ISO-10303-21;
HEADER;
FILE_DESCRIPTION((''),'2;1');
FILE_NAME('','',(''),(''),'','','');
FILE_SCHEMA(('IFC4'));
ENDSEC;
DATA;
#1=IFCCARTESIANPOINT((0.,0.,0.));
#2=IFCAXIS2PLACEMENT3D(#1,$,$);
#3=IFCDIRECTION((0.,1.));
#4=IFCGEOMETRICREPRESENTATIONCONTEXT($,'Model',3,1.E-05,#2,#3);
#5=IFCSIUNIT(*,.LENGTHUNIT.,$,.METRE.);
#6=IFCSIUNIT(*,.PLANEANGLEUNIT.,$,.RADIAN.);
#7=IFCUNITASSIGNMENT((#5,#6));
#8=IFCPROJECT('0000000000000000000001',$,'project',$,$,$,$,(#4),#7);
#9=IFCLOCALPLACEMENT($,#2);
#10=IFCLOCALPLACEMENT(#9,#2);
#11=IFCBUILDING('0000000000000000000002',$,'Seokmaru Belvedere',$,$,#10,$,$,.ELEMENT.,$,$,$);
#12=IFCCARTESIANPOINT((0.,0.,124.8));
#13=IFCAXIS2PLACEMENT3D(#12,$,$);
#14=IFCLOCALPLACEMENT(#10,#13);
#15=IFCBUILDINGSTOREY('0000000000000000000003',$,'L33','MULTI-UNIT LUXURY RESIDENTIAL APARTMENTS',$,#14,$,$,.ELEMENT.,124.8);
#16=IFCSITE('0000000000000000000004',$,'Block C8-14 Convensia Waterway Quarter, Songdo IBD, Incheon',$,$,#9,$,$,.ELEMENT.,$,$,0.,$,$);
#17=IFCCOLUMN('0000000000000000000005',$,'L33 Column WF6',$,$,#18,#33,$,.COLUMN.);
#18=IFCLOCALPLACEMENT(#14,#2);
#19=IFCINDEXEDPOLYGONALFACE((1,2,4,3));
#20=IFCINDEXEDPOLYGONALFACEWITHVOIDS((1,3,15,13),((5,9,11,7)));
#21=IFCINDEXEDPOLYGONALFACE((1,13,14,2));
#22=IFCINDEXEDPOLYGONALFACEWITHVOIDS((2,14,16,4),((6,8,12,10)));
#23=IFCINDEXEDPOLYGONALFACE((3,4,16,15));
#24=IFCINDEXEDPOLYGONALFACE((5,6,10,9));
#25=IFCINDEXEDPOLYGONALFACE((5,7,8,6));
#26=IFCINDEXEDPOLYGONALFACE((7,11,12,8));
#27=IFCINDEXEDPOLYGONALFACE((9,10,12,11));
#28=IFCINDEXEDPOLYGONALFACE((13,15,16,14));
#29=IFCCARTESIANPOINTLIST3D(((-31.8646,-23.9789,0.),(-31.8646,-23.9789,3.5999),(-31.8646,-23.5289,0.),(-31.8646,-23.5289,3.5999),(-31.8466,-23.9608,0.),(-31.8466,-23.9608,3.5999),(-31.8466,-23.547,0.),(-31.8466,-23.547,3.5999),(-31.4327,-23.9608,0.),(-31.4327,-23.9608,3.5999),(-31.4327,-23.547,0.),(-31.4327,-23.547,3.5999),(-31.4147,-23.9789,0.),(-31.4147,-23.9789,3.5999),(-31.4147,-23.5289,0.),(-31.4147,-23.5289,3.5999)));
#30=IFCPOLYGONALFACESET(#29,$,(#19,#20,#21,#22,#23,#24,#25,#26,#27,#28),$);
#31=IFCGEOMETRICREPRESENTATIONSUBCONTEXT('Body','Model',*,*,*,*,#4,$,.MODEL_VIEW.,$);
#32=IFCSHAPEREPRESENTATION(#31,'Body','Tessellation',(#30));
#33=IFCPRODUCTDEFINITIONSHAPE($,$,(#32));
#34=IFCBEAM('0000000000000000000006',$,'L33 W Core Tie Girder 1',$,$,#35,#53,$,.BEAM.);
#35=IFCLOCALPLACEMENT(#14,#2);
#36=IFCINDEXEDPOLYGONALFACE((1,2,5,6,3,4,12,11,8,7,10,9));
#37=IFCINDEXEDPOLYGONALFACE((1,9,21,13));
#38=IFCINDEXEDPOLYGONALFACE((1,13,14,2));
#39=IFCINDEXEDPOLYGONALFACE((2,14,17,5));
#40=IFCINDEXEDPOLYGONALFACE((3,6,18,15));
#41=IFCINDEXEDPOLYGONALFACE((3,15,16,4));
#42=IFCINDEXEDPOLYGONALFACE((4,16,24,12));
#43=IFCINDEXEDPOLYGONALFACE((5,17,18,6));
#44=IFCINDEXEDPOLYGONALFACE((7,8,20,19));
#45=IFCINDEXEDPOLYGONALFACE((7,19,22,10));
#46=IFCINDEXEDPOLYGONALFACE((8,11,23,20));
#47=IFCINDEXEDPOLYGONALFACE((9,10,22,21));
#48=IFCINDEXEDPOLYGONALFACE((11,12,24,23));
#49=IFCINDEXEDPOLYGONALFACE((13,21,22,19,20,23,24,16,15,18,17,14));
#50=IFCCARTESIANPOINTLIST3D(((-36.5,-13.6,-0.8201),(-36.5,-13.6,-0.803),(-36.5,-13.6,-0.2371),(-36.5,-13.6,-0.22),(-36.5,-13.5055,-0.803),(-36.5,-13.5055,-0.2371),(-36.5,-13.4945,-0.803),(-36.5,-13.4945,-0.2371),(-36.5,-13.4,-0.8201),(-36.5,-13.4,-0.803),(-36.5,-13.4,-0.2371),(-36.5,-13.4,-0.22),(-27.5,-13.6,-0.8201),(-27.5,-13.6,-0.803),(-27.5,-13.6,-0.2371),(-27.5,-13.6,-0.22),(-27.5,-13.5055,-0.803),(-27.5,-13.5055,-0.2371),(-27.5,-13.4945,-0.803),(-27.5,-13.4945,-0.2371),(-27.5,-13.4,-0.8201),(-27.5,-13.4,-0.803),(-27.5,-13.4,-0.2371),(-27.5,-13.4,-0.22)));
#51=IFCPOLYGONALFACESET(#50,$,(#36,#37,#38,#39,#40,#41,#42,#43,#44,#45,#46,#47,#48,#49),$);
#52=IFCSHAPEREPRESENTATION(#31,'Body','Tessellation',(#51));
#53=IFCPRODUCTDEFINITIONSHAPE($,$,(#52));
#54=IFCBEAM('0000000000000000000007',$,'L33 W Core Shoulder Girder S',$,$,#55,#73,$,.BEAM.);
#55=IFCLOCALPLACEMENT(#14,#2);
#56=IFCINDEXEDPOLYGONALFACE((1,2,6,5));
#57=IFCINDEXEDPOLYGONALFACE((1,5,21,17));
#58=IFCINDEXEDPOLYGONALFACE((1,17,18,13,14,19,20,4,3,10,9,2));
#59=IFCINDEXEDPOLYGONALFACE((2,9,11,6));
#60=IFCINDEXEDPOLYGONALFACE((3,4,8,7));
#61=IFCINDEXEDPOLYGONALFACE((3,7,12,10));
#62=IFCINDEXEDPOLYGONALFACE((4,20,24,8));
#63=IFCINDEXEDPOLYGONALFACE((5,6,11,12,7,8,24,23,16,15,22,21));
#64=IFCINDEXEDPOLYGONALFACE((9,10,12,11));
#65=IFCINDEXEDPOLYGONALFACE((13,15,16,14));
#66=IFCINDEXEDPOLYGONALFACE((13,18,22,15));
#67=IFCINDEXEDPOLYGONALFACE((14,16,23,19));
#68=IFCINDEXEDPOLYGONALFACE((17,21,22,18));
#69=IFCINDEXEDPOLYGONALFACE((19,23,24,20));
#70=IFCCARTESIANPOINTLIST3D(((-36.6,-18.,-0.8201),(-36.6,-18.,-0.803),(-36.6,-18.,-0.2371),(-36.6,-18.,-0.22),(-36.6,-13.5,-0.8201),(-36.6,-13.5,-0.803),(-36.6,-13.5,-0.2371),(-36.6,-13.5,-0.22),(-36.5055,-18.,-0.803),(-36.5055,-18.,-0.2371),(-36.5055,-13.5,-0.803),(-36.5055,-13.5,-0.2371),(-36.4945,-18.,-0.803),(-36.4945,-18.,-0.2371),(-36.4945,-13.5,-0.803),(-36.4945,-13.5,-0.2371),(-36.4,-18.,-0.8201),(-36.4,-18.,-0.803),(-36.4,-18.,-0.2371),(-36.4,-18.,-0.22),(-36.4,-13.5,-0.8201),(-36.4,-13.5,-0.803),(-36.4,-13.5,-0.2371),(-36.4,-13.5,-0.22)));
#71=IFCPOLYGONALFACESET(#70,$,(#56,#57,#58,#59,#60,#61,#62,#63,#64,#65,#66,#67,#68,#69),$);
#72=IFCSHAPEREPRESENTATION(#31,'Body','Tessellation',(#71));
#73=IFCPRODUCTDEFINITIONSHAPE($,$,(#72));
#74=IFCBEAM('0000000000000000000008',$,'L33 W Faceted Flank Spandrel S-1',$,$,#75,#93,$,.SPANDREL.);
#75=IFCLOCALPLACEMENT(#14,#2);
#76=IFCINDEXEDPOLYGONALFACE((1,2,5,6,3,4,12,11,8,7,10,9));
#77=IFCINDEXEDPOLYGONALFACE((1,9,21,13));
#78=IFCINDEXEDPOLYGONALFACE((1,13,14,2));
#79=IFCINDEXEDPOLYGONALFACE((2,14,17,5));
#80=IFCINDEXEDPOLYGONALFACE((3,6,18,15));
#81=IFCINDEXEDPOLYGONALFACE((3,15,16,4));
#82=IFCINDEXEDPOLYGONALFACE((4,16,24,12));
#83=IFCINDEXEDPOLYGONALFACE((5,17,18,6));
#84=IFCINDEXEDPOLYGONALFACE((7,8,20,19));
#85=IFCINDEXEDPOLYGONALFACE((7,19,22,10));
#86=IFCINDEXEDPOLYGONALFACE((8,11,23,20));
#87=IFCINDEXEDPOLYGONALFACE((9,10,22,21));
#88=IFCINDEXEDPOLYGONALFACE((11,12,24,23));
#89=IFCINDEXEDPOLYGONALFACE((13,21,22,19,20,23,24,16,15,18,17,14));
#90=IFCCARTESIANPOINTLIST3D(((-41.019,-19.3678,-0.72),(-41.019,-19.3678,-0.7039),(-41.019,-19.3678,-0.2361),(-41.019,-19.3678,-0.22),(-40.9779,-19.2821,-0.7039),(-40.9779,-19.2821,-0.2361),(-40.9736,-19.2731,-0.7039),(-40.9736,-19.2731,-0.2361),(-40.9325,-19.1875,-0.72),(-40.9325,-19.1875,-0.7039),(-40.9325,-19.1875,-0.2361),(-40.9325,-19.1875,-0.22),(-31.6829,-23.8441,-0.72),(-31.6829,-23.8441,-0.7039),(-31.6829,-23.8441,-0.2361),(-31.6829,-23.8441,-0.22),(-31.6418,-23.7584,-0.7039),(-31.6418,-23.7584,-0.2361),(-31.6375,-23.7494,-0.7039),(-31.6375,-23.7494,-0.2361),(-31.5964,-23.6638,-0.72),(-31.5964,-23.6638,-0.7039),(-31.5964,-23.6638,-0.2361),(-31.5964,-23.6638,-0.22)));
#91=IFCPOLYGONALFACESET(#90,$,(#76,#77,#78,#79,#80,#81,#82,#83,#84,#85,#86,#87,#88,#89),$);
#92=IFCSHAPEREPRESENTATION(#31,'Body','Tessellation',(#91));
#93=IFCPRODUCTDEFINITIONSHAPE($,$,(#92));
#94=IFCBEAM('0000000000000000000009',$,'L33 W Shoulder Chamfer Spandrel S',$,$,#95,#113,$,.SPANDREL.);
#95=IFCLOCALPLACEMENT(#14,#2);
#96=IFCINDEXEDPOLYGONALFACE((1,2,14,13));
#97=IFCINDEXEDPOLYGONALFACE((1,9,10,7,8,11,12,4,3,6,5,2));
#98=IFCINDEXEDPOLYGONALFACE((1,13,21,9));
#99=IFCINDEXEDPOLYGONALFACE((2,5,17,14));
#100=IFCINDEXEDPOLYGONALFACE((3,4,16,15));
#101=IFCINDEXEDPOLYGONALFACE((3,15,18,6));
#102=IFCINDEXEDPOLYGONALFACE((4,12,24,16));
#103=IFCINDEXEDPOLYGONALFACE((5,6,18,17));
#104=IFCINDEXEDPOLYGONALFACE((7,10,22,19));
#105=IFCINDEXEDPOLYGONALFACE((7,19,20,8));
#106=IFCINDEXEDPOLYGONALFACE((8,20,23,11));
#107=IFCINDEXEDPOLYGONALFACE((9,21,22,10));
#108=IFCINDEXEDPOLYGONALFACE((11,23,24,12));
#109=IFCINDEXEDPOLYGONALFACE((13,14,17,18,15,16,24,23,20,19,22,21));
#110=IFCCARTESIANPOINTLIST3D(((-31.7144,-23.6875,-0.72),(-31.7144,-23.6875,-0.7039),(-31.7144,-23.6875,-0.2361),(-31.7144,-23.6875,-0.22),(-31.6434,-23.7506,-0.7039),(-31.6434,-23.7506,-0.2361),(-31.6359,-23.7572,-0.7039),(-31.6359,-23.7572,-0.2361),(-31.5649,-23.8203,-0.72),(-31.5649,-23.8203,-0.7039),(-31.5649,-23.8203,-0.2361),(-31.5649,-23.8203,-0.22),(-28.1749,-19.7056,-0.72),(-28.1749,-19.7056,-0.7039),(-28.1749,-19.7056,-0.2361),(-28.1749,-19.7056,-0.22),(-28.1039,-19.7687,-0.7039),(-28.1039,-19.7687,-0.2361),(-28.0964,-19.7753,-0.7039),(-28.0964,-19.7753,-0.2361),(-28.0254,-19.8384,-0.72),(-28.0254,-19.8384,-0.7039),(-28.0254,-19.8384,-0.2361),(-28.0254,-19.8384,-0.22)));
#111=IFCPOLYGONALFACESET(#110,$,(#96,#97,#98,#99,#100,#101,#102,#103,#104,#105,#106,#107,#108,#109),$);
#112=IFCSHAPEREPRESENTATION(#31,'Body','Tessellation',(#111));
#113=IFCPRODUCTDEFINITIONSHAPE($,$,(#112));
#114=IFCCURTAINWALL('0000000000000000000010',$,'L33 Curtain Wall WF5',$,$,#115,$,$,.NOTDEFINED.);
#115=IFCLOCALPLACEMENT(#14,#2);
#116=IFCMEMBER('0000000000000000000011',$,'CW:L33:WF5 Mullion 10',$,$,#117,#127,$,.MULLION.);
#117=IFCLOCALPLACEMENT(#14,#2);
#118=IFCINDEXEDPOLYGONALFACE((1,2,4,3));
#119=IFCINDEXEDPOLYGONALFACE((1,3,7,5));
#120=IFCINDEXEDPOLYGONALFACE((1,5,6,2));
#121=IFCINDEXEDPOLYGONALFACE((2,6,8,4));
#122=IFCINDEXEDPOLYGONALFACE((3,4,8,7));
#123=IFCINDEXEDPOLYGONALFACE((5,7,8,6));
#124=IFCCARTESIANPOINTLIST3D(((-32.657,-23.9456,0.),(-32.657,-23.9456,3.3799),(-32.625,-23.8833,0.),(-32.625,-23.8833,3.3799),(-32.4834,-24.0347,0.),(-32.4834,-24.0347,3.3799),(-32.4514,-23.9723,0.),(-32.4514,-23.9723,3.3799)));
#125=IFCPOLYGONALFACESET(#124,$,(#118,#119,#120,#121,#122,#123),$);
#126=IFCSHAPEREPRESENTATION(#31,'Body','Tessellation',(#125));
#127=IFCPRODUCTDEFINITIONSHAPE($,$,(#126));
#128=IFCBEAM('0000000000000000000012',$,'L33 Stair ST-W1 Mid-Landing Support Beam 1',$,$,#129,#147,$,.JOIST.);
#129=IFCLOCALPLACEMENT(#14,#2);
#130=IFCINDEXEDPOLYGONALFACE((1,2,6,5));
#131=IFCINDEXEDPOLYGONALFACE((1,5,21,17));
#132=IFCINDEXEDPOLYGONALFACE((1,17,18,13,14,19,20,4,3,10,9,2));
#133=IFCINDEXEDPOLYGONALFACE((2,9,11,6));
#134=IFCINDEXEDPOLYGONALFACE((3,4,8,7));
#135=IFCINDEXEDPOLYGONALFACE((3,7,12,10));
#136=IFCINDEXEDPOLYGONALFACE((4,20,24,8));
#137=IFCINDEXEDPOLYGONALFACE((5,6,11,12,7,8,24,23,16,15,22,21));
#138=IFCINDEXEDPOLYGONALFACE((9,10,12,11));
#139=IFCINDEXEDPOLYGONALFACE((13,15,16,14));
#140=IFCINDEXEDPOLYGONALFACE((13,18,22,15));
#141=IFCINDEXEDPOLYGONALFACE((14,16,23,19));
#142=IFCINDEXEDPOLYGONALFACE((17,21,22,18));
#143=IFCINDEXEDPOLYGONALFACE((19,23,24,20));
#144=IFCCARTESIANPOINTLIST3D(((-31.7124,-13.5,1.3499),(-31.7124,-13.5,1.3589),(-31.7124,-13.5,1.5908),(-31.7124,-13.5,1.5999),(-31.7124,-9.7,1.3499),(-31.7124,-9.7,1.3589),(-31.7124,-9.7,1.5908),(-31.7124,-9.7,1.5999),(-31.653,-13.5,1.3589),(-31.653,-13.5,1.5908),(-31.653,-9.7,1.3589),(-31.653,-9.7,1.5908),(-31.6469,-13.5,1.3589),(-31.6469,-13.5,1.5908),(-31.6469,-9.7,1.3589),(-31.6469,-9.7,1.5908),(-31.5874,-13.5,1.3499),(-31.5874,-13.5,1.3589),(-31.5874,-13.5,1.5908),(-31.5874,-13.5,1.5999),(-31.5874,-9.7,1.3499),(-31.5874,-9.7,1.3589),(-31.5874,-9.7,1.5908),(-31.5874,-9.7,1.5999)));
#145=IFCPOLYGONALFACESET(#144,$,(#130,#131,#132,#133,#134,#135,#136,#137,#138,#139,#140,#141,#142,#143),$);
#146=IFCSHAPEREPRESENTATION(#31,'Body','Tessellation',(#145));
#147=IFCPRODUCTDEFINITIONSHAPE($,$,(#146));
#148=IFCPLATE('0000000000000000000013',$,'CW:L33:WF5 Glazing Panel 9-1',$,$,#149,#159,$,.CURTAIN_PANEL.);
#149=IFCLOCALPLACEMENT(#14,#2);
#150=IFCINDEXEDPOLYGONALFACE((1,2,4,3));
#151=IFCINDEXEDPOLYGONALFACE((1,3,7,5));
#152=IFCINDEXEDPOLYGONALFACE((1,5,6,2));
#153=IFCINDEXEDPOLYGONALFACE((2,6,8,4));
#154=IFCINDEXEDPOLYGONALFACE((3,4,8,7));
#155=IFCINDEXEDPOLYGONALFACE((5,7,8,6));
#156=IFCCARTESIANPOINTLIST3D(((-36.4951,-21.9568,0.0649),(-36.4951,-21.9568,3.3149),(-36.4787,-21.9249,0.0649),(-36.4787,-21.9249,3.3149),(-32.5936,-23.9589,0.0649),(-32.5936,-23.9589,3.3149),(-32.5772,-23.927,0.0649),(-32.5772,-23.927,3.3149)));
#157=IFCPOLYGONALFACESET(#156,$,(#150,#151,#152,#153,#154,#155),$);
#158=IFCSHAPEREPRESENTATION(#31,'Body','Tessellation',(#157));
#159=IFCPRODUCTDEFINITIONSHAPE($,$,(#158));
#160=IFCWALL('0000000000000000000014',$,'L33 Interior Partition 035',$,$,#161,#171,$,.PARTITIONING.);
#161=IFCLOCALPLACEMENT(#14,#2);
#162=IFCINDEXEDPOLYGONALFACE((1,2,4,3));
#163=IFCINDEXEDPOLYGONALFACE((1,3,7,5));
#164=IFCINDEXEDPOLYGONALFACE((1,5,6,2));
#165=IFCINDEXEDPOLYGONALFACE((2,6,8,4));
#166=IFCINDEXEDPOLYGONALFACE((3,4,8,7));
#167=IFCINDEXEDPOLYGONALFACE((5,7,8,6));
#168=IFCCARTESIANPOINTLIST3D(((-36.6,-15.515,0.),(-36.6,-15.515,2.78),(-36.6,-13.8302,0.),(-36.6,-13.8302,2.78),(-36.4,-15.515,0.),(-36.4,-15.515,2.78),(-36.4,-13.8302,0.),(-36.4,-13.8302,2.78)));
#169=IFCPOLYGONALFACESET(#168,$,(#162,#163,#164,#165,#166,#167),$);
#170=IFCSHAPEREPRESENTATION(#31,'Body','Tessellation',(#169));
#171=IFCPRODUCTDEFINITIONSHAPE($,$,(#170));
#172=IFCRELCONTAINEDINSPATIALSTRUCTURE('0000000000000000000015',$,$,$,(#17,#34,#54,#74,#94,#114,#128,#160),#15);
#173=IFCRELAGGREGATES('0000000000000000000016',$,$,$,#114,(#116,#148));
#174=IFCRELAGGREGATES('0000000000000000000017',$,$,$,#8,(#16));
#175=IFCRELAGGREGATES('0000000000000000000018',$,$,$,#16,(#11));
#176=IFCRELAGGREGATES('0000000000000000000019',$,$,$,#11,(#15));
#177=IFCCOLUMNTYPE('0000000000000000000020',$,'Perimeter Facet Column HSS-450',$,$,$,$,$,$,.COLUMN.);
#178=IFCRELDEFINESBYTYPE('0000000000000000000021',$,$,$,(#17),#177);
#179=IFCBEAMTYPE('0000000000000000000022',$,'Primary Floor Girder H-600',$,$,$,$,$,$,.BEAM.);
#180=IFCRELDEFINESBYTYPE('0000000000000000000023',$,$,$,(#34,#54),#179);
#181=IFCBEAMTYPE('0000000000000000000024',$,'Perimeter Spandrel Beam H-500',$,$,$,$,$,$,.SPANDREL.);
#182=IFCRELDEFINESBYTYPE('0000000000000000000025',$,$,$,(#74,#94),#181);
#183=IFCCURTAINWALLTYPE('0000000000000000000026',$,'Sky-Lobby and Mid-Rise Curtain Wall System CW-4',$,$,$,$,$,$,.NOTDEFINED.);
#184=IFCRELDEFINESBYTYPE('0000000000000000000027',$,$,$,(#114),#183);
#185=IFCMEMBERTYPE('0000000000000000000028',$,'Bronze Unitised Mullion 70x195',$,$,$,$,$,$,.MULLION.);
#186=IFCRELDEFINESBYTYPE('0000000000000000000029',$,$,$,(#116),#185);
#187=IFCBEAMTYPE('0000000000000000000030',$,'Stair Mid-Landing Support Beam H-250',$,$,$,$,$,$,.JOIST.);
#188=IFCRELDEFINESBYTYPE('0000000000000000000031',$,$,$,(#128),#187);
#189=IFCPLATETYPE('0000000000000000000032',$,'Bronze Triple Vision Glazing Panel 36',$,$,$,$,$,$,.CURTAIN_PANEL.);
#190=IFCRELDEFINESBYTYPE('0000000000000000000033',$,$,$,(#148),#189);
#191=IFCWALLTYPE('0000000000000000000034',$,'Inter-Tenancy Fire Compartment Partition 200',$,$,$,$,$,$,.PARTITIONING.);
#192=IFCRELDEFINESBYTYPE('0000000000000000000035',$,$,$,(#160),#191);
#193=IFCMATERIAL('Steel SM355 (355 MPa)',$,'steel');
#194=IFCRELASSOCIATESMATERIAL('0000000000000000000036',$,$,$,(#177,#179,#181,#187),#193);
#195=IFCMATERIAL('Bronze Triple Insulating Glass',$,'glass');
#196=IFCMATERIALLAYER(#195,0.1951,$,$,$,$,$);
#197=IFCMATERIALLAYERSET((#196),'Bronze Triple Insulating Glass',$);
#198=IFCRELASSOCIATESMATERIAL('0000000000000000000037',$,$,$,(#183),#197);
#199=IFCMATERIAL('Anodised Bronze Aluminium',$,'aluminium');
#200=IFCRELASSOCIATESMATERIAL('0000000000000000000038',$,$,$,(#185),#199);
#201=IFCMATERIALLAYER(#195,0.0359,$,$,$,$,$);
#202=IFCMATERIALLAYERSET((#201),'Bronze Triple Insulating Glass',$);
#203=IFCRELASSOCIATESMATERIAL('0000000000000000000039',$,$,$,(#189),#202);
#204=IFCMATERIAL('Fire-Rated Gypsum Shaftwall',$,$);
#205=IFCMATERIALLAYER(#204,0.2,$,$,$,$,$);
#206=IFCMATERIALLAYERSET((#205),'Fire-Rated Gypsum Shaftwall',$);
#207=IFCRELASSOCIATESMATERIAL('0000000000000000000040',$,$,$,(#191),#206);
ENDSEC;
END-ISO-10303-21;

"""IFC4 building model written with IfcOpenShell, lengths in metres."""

from ifc_helpers import new_model, si_unit, direction, frame, frame_2d, origin, origin_2d, place, context, subcontext, project, spatial, rectangle, hollow_rectangle, i_section, extrude, source, transform, mapped, material, layer, layer_set, material_profile, profile_set, type_object, type_shapes, element, aggregate, save


model = new_model("IFC4")

# Units and contexts
model_context = context("Model", 3, precision=1e-05, world=origin(), true_north=direction((0.0, 1.0)))
body_context = subcontext(model_context, "Body", "Model", "MODEL_VIEW")
ifc_project = project(units=[si_unit("LENGTHUNIT", "METRE"), si_unit("PLANEANGLEUNIT", "RADIAN")], contexts=[model_context])

# Site, building, storey
site_placement = place(None, origin())
site = spatial("IfcSite", under=ifc_project, at=site_placement, Name="Block C8-14 Convensia Waterway Quarter, Songdo IBD, Incheon", CompositionType="ELEMENT", RefElevation=0.0)
building_placement = place(site_placement, origin())
building = spatial("IfcBuilding", under=site, at=building_placement, Name="Seokmaru Belvedere", CompositionType="ELEMENT")
storey_placement = place(building_placement, frame((0.0, 0.0, 124.8)))
storey = spatial("IfcBuildingStorey", under=building, at=storey_placement, Name="L33", Description="MULTI-UNIT LUXURY RESIDENTIAL APARTMENTS", CompositionType="ELEMENT", Elevation=124.8)

# Column
ifc_material_1 = material(Name="Steel SM355 (355 MPa)", Category="steel")
ifc_material_profile_1 = material_profile(ifc_material_1, hollow_rectangle(XDim=0.45, YDim=0.45, WallThickness=0.0181, at=origin_2d()), Name="HSS-450x450x18")
ifc_profile_set_1 = profile_set([ifc_material_profile_1], Name="Steel SM355 (355 MPa)")
column_type = type_object("IfcColumnType", Name="Perimeter Facet Column HSS-450", PredefinedType="COLUMN", material=ifc_profile_set_1)
shared_shape_1 = source(origin(), body_context, "Body", "SweptSolid", [
    extrude(hollow_rectangle(XDim=0.45, YDim=0.45, WallThickness=0.0181, at=origin_2d()), origin(), (0.0, 0.0, 1.0), 3.5999),
])
type_shapes(column_type, [shared_shape_1])
column_placement = place(storey_placement, frame((-31.6396, -23.7539, 0.0), z_axis=(0.0, 0.0, 1.0), x_axis=(1.0, 0.0, 0.0)))
element("IfcColumn", 1, at=column_placement, inside=storey, type_object=column_type, Name="L33 Column WF6", PredefinedType="COLUMN", context=body_context, shape_type="MappedRepresentation", body=[
    mapped(shared_shape_1, transform((0.0, 0.0, 0.0), scale=1.0)),
])

# Beams
ifc_material_profile_2 = material_profile(ifc_material_1, i_section(OverallWidth=0.2, OverallDepth=0.6001, WebThickness=0.011, FlangeThickness=0.0171, at=origin_2d()), Name="H-600x200x11x17")
ifc_profile_set_2 = profile_set([ifc_material_profile_2], Name="Steel SM355 (355 MPa)")
beam_type_1 = type_object("IfcBeamType", Name="Primary Floor Girder H-600", PredefinedType="BEAM", material=ifc_profile_set_2)
shared_shape_2 = source(origin(), body_context, "Body", "SweptSolid", [
    extrude(i_section(OverallWidth=0.2, OverallDepth=0.6001, WebThickness=0.011, FlangeThickness=0.0171, at=origin_2d()), origin(), (0.0, 0.0, 1.0), 9.0),
])
beam_1_placement = place(storey_placement, frame((-36.5, -13.5, -0.52), z_axis=(1.0, 0.0, 0.0), x_axis=(0.0, 1.0, 0.0)))
element("IfcBeam", 2, at=beam_1_placement, inside=storey, type_object=beam_type_1, Name="L33 W Core Tie Girder 1", PredefinedType="BEAM", context=body_context, shape_type="MappedRepresentation", body=[
    mapped(shared_shape_2, transform((0.0, 0.0, 0.0), scale=1.0)),
])
shared_shape_3 = source(origin(), body_context, "Body", "SweptSolid", [
    extrude(i_section(OverallWidth=0.2, OverallDepth=0.6001, WebThickness=0.011, FlangeThickness=0.0171, at=origin_2d()), origin(), (0.0, 0.0, 1.0), 4.5),
])
type_shapes(beam_type_1, [shared_shape_2, shared_shape_3])
beam_2_placement = place(storey_placement, frame((-36.5, -18.0, -0.52), z_axis=(0.0, 1.0, 0.0), x_axis=(-1.0, 0.0, 0.0)))
element("IfcBeam", 3, at=beam_2_placement, inside=storey, type_object=beam_type_1, Name="L33 W Core Shoulder Girder S", PredefinedType="BEAM", context=body_context, shape_type="MappedRepresentation", body=[
    mapped(shared_shape_3, transform((0.0, 0.0, 0.0), scale=1.0)),
])
ifc_material_profile_3 = material_profile(ifc_material_1, i_section(OverallWidth=0.2, OverallDepth=0.5, WebThickness=0.01, FlangeThickness=0.0161, at=origin_2d()), Name="H-500x200x10x16")
ifc_profile_set_3 = profile_set([ifc_material_profile_3], Name="Steel SM355 (355 MPa)")
beam_type_2 = type_object("IfcBeamType", Name="Perimeter Spandrel Beam H-500", PredefinedType="SPANDREL", material=ifc_profile_set_3)
shared_shape_4 = source(origin(), body_context, "Body", "SweptSolid", [
    extrude(i_section(OverallWidth=0.2, OverallDepth=0.5, WebThickness=0.01, FlangeThickness=0.0161, at=origin_2d()), origin(), (0.0, 0.0, 1.0), 10.3538),
])
beam_3_placement = place(storey_placement, frame((-31.6396, -23.7539, -0.47), z_axis=(-0.901713, 0.432335, 0.0), x_axis=(-0.432335, -0.901713, 0.0)))
element("IfcBeam", 4, at=beam_3_placement, inside=storey, type_object=beam_type_2, Name="L33 W Faceted Flank Spandrel S-1", PredefinedType="SPANDREL", context=body_context, shape_type="MappedRepresentation", body=[
    mapped(shared_shape_4, transform((0.0, 0.0, 0.0), scale=1.0)),
])
shared_shape_5 = source(origin(), body_context, "Body", "SweptSolid", [
    extrude(i_section(OverallWidth=0.2, OverallDepth=0.5, WebThickness=0.01, FlangeThickness=0.0161, at=origin_2d()), origin(), (0.0, 0.0, 1.0), 5.3276),
])
type_shapes(beam_type_2, [shared_shape_4, shared_shape_5])
beam_4_placement = place(storey_placement, frame((-31.6396, -23.7539, -0.47), z_axis=(0.66437, 0.747404, 0.0), x_axis=(-0.747404, 0.66437, 0.0)))
element("IfcBeam", 5, at=beam_4_placement, inside=storey, type_object=beam_type_2, Name="L33 W Shoulder Chamfer Spandrel S", PredefinedType="SPANDREL", context=body_context, shape_type="MappedRepresentation", body=[
    mapped(shared_shape_5, transform((0.0, 0.0, 0.0), scale=1.0)),
])

# Curtain wall, member
ifc_material_2 = material(Name="Bronze Triple Insulating Glass", Category="glass")
ifc_layer_1 = layer(ifc_material_2, 0.1951)
ifc_layer_set_1 = layer_set([ifc_layer_1], Name="Bronze Triple Insulating Glass")
curtain_wall_type = type_object("IfcCurtainWallType", Name="Sky-Lobby and Mid-Rise Curtain Wall System CW-4", PredefinedType="NOTDEFINED", material=ifc_layer_set_1)
curtain_wall_placement = place(storey_placement, origin())
curtain_wall = element("IfcCurtainWall", 6, at=curtain_wall_placement, inside=storey, type_object=curtain_wall_type, Name="L33 Curtain Wall WF5", PredefinedType="NOTDEFINED")
ifc_material_3 = material(Name="Anodised Bronze Aluminium", Category="aluminium")
ifc_material_profile_4 = material_profile(ifc_material_3, rectangle(XDim=0.0701, YDim=0.1951, at=origin_2d()), Name="CW-M-70x195")
ifc_profile_set_4 = profile_set([ifc_material_profile_4], Name="Anodised Bronze Aluminium")
member_type = type_object("IfcMemberType", Name="Bronze Unitised Mullion 70x195", PredefinedType="MULLION", material=ifc_profile_set_4)
shared_shape_6 = source(origin(), body_context, "Body", "SweptSolid", [
    extrude(rectangle(XDim=0.0701, YDim=0.1951, at=origin_2d()), origin(), (0.0, 0.0, 1.0), 3.3799),
])
type_shapes(member_type, [shared_shape_6])
member_placement = place(storey_placement, frame((-32.5542, -23.959, 0.0), z_axis=(0.0, 0.0, 1.0), x_axis=(0.456555, 0.889695, 0.0)))
member = element("IfcMember", 7, at=member_placement, type_object=member_type, Name="CW:L33:WF5 Mullion 10", PredefinedType="MULLION", context=body_context, shape_type="MappedRepresentation", body=[
    mapped(shared_shape_6, transform((0.0, 0.0, 0.0), scale=1.0)),
])

# Beam
ifc_material_profile_5 = material_profile(ifc_material_1, i_section(OverallWidth=0.125, OverallDepth=0.25, WebThickness=0.0061, FlangeThickness=0.009, at=origin_2d()), Name="H-250x125x6x9")
ifc_profile_set_5 = profile_set([ifc_material_profile_5], Name="Steel SM355 (355 MPa)")
beam_type_3 = type_object("IfcBeamType", Name="Stair Mid-Landing Support Beam H-250", PredefinedType="JOIST", material=ifc_profile_set_5)
shared_shape_7 = source(origin(), body_context, "Body", "SweptSolid", [
    extrude(i_section(OverallWidth=0.125, OverallDepth=0.25, WebThickness=0.0061, FlangeThickness=0.009, at=origin_2d()), origin(), (0.0, 0.0, 1.0), 3.8),
])
type_shapes(beam_type_3, [shared_shape_7])
beam_5_placement = place(storey_placement, frame((-31.6499, -13.5, 1.4749), z_axis=(0.0, 1.0, 0.0), x_axis=(-1.0, 0.0, 0.0)))
element("IfcBeam", 8, at=beam_5_placement, inside=storey, type_object=beam_type_3, Name="L33 Stair ST-W1 Mid-Landing Support Beam 1", PredefinedType="JOIST", context=body_context, shape_type="MappedRepresentation", body=[
    mapped(shared_shape_7, transform((0.0, 0.0, 0.0), scale=1.0)),
])

# Plate
ifc_layer_2 = layer(ifc_material_2, 0.0359)
ifc_layer_set_2 = layer_set([ifc_layer_2], Name="Bronze Triple Insulating Glass")
plate_type = type_object("IfcPlateType", Name="Bronze Triple Vision Glazing Panel 36", PredefinedType="CURTAIN_PANEL", material=ifc_layer_set_2)
shared_shape_8 = source(origin(), body_context, "Body", "SweptSolid", [
    extrude(rectangle(XDim=4.3853, YDim=0.0359, at=origin_2d()), origin(), (0.0, 0.0, 1.0), 3.25),
])
type_shapes(plate_type, [shared_shape_8])
plate_placement = place(storey_placement, frame((-34.5361, -22.9419, 0.0649), z_axis=(0.0, 0.0, 1.0), x_axis=(0.889695, -0.456555, 0.0)))
plate = element("IfcPlate", 9, at=plate_placement, type_object=plate_type, Name="CW:L33:WF5 Glazing Panel 9-1", PredefinedType="CURTAIN_PANEL", context=body_context, shape_type="MappedRepresentation", body=[
    mapped(shared_shape_8, transform((0.0, 0.0, 0.0), scale=1.0)),
])
aggregate(curtain_wall, [member, plate])

# Wall
ifc_material_4 = material(Name="Fire-Rated Gypsum Shaftwall")
ifc_layer_3 = layer(ifc_material_4, 0.2)
ifc_layer_set_3 = layer_set([ifc_layer_3], Name="Fire-Rated Gypsum Shaftwall")
wall_type_1 = type_object("IfcWallType", Name="Inter-Tenancy Fire Compartment Partition 200", PredefinedType="PARTITIONING", material=ifc_layer_set_3)
wall_1_placement = place(storey_placement, frame((-36.5, -15.5149, 0.0), z_axis=(0.0, 0.0, 1.0), x_axis=(0.0, 1.0, 0.0)))
element("IfcWall", 10, at=wall_1_placement, inside=storey, type_object=wall_type_1, Name="L33 Interior Partition 035", PredefinedType="PARTITIONING", context=body_context, shape_type="SweptSolid", body=[
    extrude(rectangle(XDim=1.6848, YDim=0.2, at=frame_2d((0.8423, 0.0))), origin(), (0.0, 0.0, 1.0), 2.78),
])

save(model, "model.ifc")
